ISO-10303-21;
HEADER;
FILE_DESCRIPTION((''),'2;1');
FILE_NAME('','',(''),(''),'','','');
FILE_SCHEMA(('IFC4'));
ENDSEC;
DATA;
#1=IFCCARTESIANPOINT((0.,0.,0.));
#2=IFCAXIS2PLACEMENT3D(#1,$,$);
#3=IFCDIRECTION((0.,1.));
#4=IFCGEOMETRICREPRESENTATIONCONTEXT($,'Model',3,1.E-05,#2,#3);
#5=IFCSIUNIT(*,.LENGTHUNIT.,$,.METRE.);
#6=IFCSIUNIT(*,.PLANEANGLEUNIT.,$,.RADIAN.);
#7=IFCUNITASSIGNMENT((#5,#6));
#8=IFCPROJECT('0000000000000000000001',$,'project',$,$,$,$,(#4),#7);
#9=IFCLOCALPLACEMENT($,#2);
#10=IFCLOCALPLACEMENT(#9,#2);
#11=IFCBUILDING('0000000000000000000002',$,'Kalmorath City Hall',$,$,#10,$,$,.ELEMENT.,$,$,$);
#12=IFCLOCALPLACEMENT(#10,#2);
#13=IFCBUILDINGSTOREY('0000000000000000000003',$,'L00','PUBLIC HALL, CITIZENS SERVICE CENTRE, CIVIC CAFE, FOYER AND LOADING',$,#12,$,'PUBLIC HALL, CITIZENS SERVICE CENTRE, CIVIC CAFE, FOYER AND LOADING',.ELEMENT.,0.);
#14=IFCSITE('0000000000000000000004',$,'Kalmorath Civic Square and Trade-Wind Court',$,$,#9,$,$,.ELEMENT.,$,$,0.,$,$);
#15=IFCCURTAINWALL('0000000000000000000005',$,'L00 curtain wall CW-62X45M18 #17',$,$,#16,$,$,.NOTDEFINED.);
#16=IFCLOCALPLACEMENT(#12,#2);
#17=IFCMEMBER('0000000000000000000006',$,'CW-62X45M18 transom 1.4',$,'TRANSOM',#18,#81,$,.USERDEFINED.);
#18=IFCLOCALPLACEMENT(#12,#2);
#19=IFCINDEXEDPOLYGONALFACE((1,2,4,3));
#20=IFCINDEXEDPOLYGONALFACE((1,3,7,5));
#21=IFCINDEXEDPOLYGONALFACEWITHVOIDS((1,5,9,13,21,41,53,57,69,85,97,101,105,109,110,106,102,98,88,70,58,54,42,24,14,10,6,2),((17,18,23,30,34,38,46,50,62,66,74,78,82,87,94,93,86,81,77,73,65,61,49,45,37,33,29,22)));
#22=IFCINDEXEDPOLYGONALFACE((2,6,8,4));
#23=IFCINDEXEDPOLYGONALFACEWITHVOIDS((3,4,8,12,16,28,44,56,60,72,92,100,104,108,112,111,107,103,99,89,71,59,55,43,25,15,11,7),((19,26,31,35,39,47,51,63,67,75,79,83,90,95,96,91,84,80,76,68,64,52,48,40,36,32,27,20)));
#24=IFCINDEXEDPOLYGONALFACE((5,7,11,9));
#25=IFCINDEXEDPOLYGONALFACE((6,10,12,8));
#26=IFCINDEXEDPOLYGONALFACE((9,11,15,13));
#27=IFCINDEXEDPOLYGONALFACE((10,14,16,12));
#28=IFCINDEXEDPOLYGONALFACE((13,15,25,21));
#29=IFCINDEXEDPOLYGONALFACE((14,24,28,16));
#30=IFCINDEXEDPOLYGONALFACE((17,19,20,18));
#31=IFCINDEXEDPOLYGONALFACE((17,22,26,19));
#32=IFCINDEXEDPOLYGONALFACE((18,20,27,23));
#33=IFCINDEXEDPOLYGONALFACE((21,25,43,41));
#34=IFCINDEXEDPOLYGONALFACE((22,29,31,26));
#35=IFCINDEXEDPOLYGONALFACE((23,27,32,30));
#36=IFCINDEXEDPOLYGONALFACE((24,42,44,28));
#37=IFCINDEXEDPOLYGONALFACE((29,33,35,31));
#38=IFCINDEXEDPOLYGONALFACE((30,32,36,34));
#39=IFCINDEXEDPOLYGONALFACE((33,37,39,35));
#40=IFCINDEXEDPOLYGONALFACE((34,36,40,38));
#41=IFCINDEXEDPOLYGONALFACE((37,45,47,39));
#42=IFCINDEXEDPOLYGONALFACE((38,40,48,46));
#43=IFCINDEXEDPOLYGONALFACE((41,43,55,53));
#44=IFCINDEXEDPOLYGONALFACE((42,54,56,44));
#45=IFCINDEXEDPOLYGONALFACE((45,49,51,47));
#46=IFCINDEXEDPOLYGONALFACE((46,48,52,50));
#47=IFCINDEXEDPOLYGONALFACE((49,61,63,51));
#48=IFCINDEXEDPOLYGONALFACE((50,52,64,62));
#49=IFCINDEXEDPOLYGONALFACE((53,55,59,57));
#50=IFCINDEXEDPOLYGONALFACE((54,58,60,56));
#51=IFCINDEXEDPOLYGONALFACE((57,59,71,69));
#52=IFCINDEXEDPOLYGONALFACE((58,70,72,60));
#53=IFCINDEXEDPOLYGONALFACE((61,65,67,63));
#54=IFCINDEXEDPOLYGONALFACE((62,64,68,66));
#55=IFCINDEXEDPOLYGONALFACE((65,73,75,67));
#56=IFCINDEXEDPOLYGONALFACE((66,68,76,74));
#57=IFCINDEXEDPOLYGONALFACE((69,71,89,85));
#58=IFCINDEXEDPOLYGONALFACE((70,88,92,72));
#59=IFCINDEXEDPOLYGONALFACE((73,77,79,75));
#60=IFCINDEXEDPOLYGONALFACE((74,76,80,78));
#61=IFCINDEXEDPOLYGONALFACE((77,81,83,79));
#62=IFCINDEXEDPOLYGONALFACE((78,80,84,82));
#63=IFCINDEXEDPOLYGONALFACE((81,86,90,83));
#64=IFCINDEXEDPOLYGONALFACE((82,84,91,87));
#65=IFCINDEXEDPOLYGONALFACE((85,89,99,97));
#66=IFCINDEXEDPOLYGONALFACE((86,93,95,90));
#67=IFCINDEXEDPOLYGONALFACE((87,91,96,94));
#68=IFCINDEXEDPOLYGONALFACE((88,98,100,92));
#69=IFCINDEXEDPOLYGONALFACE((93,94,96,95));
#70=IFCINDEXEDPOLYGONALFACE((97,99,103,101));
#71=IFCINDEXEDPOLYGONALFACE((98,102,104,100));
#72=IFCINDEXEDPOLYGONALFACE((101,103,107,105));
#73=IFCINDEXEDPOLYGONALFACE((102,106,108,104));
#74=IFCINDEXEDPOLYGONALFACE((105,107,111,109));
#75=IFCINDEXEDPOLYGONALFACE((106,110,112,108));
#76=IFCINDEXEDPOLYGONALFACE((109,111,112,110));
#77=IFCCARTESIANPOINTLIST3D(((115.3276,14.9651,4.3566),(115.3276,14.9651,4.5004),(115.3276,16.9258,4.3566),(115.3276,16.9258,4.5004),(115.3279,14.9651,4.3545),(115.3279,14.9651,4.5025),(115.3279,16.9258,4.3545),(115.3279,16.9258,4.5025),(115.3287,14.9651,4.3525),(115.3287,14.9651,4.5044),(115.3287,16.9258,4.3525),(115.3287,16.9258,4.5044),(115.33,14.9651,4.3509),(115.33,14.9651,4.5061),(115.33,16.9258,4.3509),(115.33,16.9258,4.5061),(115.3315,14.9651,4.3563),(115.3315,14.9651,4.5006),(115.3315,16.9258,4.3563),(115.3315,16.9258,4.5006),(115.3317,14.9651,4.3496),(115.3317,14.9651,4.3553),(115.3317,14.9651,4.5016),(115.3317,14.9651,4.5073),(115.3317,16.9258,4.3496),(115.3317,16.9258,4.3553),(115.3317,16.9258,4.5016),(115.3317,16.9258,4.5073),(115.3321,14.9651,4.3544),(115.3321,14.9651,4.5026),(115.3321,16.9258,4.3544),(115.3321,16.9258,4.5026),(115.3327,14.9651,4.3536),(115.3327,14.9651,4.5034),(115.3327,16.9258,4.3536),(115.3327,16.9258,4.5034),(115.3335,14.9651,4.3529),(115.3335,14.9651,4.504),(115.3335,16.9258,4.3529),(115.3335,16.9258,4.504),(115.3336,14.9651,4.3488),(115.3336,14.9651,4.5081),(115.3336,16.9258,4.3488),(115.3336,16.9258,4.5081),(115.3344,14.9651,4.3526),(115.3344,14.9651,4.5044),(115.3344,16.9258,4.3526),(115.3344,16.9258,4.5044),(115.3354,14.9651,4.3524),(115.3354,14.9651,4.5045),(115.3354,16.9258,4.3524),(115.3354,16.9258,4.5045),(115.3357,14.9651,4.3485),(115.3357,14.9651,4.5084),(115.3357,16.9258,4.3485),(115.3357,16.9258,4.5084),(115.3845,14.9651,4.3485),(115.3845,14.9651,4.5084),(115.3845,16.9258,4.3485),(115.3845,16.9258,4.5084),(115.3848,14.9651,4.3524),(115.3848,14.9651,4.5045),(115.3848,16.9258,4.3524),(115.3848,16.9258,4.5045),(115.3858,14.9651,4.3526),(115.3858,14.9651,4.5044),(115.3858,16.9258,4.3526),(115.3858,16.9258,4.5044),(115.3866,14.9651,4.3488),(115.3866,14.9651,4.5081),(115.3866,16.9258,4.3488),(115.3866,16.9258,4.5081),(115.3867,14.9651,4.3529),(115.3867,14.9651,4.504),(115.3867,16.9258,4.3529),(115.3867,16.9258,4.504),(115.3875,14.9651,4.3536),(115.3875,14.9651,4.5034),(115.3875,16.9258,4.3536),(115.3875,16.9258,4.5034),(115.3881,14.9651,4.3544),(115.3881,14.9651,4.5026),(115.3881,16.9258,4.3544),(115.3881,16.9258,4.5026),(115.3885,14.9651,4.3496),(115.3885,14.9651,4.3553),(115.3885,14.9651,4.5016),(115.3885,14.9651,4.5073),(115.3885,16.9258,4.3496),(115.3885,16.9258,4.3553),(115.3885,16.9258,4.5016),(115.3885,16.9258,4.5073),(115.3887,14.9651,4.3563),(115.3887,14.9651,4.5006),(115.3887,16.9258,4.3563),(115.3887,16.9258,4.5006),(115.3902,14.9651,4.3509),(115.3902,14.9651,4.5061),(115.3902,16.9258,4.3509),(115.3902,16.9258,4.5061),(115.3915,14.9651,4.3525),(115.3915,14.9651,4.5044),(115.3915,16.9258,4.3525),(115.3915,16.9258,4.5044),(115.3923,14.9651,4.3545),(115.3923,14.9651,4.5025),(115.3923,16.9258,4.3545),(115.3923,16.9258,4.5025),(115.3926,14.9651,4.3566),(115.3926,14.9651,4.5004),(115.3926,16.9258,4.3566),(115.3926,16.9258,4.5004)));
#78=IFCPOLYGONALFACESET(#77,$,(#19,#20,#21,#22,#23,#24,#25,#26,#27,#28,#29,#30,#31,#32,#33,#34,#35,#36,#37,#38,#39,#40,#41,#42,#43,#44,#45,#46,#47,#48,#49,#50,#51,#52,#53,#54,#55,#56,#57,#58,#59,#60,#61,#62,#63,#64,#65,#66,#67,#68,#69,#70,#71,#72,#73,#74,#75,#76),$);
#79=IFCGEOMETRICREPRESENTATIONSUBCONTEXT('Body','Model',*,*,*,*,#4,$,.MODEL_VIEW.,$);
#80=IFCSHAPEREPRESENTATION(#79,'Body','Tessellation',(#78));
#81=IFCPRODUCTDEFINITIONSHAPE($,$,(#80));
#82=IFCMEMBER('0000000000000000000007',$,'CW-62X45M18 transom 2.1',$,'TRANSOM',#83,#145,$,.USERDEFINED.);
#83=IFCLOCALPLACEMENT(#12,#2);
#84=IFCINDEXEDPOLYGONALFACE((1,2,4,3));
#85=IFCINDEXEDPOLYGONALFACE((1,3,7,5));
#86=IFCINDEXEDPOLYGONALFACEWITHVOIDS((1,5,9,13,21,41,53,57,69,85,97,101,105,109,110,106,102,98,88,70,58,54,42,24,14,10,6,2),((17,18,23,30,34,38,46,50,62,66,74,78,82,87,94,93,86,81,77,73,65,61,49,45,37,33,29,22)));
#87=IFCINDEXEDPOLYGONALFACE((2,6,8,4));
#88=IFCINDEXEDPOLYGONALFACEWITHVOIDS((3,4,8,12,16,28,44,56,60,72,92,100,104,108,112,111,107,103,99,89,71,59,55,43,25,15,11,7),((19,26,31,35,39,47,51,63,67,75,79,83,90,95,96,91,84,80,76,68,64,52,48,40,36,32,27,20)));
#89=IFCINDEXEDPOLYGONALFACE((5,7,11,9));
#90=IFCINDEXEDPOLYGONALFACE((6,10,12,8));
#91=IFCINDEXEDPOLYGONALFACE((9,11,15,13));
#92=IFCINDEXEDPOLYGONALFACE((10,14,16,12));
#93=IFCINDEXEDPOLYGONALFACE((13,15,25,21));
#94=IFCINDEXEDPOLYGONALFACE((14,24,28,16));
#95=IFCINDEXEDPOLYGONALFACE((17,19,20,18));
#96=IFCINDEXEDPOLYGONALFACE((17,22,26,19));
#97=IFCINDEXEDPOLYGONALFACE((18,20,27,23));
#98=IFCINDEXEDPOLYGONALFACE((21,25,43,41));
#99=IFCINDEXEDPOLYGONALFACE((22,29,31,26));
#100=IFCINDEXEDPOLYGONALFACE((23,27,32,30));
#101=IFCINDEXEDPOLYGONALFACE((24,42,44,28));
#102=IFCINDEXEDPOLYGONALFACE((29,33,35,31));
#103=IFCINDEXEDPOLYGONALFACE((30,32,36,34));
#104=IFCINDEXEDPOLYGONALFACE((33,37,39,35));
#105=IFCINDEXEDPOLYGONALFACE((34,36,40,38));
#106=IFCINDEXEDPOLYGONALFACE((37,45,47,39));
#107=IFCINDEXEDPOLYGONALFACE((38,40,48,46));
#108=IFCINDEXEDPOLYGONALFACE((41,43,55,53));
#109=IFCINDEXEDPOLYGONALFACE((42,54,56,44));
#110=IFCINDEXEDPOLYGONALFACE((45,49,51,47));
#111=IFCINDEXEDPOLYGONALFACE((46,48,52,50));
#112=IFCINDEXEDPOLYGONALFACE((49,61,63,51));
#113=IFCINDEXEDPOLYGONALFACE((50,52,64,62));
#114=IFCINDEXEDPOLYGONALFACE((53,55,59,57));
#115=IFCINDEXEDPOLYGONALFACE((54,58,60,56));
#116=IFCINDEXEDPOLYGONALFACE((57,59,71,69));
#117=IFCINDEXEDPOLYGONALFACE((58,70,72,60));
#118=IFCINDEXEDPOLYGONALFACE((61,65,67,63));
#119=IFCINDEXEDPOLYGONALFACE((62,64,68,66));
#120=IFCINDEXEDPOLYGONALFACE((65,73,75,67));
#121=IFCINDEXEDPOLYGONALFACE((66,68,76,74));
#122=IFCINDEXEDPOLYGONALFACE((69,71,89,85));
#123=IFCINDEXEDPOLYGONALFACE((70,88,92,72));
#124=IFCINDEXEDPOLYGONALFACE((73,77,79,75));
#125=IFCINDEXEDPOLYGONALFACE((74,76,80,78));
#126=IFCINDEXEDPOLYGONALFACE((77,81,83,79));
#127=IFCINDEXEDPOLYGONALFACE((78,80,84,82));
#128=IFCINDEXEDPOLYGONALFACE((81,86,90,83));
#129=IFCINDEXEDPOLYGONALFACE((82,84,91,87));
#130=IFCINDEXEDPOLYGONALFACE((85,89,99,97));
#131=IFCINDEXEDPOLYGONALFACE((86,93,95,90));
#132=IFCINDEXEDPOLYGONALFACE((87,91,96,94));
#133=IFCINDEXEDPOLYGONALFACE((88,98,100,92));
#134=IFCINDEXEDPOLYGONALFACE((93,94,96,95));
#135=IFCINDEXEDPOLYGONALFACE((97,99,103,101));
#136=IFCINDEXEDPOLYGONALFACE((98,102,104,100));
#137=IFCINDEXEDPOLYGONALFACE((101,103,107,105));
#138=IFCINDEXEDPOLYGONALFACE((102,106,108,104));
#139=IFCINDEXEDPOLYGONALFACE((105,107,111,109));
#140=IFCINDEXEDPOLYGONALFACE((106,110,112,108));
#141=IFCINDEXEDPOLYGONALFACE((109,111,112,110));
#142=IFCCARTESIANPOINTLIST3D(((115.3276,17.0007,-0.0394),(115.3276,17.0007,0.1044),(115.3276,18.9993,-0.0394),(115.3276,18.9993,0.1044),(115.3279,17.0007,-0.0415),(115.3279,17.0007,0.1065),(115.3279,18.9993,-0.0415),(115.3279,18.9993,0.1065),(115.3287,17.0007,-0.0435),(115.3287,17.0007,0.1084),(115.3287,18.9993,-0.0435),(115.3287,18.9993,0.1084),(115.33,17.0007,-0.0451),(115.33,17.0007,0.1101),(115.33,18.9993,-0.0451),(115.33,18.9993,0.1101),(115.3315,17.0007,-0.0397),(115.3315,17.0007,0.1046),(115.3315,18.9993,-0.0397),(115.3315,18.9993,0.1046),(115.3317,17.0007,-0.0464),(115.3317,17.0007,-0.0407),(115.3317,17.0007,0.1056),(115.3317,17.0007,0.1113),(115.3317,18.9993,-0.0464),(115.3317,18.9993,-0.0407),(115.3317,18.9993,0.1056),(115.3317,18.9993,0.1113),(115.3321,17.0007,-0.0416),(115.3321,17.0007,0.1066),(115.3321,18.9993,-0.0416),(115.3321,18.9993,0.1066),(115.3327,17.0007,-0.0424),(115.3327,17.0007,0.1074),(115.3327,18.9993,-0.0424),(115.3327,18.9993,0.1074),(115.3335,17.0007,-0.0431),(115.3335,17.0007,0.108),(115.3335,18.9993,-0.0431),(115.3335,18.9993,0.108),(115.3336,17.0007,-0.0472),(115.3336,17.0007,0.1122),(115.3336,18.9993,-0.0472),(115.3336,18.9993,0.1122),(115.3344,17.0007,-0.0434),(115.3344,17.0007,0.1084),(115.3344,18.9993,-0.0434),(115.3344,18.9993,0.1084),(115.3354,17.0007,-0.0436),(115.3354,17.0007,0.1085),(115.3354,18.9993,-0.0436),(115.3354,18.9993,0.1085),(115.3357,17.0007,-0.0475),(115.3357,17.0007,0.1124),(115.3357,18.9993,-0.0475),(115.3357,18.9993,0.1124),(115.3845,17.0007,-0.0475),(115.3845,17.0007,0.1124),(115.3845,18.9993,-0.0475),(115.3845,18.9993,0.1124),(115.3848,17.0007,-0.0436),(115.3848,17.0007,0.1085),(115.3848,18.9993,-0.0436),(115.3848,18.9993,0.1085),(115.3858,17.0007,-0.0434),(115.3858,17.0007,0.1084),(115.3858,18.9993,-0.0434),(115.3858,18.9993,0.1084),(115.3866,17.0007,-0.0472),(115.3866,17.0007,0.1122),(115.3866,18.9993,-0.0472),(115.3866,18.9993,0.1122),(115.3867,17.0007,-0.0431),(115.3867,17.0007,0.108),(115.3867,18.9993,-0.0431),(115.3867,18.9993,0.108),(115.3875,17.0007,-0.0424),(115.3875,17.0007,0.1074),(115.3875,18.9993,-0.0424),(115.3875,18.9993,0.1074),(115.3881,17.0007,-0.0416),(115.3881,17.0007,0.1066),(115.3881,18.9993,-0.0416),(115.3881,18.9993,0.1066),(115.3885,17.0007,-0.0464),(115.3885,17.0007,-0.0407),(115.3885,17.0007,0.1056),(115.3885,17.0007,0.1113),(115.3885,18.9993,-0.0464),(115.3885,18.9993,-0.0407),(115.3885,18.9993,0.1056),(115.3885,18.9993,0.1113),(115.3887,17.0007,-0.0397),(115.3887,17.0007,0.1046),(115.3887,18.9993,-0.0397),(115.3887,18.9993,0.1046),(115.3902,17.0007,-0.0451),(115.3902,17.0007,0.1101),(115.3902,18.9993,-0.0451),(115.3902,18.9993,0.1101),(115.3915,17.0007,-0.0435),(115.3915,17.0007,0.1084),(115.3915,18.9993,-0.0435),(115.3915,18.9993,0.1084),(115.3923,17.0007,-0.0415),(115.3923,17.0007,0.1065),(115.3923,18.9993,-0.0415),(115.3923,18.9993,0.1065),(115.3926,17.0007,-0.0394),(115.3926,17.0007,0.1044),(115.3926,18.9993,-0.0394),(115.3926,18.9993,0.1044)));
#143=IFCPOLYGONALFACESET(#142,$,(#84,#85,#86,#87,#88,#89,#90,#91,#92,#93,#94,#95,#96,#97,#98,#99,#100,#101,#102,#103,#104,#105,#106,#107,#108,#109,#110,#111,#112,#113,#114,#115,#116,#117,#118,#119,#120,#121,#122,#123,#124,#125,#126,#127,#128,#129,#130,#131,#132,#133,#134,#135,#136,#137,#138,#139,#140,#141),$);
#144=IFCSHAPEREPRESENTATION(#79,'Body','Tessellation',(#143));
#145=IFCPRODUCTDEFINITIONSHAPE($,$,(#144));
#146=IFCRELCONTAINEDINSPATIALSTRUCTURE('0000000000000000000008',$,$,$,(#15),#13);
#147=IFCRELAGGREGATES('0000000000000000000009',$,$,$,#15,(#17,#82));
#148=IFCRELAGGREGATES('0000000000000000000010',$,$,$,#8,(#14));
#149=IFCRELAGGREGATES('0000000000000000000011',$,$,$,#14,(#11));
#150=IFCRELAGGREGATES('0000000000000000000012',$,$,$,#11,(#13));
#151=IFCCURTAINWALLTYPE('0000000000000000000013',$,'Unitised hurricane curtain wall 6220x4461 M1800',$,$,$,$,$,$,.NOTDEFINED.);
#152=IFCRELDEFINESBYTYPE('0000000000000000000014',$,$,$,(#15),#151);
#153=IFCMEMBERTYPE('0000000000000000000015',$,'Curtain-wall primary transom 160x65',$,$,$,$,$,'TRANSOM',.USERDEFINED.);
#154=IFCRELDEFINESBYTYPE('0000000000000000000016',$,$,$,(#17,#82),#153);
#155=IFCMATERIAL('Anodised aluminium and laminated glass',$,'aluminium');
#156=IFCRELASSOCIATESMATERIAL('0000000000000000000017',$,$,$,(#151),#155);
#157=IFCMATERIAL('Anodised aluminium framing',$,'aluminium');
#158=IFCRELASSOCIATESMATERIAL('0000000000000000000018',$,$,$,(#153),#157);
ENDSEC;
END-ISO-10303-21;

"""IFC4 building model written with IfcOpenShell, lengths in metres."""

from ifc_helpers import new_model, si_unit, direction, frame, origin, origin_2d, place, context, subcontext, project, spatial, hollow_rectangle, extrude, material, material_profile, profile_set, type_object, element, aggregate, save


model = new_model("IFC4")

# Units and contexts
model_context = context("Model", 3, precision=1e-05, world=origin(), true_north=direction((0.0, 1.0)))
body_context = subcontext(model_context, "Body", "Model", "MODEL_VIEW")
ifc_project = project(units=[si_unit("LENGTHUNIT", "METRE"), si_unit("PLANEANGLEUNIT", "RADIAN")], contexts=[model_context])

# Site, building, storey
site_placement = place(None, origin())
site = spatial("IfcSite", under=ifc_project, at=site_placement, Name="Kalmorath Civic Square and Trade-Wind Court", CompositionType="ELEMENT", RefElevation=0.0)
building_placement = place(site_placement, origin())
building = spatial("IfcBuilding", under=site, at=building_placement, Name="Kalmorath City Hall", CompositionType="ELEMENT")
storey_placement = place(building_placement, origin())
storey = spatial("IfcBuildingStorey", under=building, at=storey_placement, Name="L00", Description="PUBLIC HALL, CITIZENS SERVICE CENTRE, CIVIC CAFE, FOYER AND LOADING", LongName="PUBLIC HALL, CITIZENS SERVICE CENTRE, CIVIC CAFE, FOYER AND LOADING", CompositionType="ELEMENT", Elevation=0.0)

# Curtain wall, members
ifc_material_1 = material(Name="Anodised aluminium and laminated glass", Category="aluminium")
curtain_wall_type = type_object("IfcCurtainWallType", Name="Unitised hurricane curtain wall 6220x4461 M1800", PredefinedType="NOTDEFINED", material=ifc_material_1)
curtain_wall_placement = place(storey_placement, origin())
curtain_wall = element("IfcCurtainWall", 1, at=curtain_wall_placement, inside=storey, type_object=curtain_wall_type, Name="L00 curtain wall CW-62X45M18 #17", PredefinedType="NOTDEFINED")
ifc_material_2 = material(Name="Anodised aluminium framing", Category="aluminium")
ifc_material_profile_1 = material_profile(ifc_material_2, hollow_rectangle(XDim=0.0649, YDim=0.1599, WallThickness=0.0039, InnerFilletRadius=0.0039, OuterFilletRadius=0.0081, at=origin_2d()), Name="ALU-TRN-160X65X4")
ifc_profile_set_1 = profile_set([ifc_material_profile_1], Name="Anodised aluminium framing")
member_type_1 = type_object("IfcMemberType", Name="Curtain-wall primary transom 160x65", ElementType="TRANSOM", PredefinedType="USERDEFINED", material=ifc_profile_set_1)
member_1_placement = place(storey_placement, frame((115.3601, 14.9651, 4.4285), z_axis=(0.0, 1.0, 0.0), x_axis=(-1.0, 0.0, 0.0)))
member_1 = element("IfcMember", 2, at=member_1_placement, type_object=member_type_1, Name="CW-62X45M18 transom 1.4", ObjectType="TRANSOM", PredefinedType="USERDEFINED", context=body_context, shape_type="SweptSolid", body=[
    extrude(hollow_rectangle(XDim=0.0649, YDim=0.1599, WallThickness=0.0039, InnerFilletRadius=0.0039, OuterFilletRadius=0.0081, at=origin_2d()), origin(), (0.0, 0.0, 1.0), 1.9607),
])
member_2_placement = place(storey_placement, frame((115.3601, 17.0007, 0.0325), z_axis=(0.0, 1.0, 0.0), x_axis=(-1.0, 0.0, 0.0)))
member_2 = element("IfcMember", 3, at=member_2_placement, type_object=member_type_1, Name="CW-62X45M18 transom 2.1", ObjectType="TRANSOM", PredefinedType="USERDEFINED", context=body_context, shape_type="SweptSolid", body=[
    extrude(hollow_rectangle(XDim=0.0649, YDim=0.1599, WallThickness=0.0039, InnerFilletRadius=0.0039, OuterFilletRadius=0.0081, at=origin_2d()), origin(), (0.0, 0.0, 1.0), 1.9985),
])

aggregate(curtain_wall, [member_1, member_2])

save(model, "model.ifc")
